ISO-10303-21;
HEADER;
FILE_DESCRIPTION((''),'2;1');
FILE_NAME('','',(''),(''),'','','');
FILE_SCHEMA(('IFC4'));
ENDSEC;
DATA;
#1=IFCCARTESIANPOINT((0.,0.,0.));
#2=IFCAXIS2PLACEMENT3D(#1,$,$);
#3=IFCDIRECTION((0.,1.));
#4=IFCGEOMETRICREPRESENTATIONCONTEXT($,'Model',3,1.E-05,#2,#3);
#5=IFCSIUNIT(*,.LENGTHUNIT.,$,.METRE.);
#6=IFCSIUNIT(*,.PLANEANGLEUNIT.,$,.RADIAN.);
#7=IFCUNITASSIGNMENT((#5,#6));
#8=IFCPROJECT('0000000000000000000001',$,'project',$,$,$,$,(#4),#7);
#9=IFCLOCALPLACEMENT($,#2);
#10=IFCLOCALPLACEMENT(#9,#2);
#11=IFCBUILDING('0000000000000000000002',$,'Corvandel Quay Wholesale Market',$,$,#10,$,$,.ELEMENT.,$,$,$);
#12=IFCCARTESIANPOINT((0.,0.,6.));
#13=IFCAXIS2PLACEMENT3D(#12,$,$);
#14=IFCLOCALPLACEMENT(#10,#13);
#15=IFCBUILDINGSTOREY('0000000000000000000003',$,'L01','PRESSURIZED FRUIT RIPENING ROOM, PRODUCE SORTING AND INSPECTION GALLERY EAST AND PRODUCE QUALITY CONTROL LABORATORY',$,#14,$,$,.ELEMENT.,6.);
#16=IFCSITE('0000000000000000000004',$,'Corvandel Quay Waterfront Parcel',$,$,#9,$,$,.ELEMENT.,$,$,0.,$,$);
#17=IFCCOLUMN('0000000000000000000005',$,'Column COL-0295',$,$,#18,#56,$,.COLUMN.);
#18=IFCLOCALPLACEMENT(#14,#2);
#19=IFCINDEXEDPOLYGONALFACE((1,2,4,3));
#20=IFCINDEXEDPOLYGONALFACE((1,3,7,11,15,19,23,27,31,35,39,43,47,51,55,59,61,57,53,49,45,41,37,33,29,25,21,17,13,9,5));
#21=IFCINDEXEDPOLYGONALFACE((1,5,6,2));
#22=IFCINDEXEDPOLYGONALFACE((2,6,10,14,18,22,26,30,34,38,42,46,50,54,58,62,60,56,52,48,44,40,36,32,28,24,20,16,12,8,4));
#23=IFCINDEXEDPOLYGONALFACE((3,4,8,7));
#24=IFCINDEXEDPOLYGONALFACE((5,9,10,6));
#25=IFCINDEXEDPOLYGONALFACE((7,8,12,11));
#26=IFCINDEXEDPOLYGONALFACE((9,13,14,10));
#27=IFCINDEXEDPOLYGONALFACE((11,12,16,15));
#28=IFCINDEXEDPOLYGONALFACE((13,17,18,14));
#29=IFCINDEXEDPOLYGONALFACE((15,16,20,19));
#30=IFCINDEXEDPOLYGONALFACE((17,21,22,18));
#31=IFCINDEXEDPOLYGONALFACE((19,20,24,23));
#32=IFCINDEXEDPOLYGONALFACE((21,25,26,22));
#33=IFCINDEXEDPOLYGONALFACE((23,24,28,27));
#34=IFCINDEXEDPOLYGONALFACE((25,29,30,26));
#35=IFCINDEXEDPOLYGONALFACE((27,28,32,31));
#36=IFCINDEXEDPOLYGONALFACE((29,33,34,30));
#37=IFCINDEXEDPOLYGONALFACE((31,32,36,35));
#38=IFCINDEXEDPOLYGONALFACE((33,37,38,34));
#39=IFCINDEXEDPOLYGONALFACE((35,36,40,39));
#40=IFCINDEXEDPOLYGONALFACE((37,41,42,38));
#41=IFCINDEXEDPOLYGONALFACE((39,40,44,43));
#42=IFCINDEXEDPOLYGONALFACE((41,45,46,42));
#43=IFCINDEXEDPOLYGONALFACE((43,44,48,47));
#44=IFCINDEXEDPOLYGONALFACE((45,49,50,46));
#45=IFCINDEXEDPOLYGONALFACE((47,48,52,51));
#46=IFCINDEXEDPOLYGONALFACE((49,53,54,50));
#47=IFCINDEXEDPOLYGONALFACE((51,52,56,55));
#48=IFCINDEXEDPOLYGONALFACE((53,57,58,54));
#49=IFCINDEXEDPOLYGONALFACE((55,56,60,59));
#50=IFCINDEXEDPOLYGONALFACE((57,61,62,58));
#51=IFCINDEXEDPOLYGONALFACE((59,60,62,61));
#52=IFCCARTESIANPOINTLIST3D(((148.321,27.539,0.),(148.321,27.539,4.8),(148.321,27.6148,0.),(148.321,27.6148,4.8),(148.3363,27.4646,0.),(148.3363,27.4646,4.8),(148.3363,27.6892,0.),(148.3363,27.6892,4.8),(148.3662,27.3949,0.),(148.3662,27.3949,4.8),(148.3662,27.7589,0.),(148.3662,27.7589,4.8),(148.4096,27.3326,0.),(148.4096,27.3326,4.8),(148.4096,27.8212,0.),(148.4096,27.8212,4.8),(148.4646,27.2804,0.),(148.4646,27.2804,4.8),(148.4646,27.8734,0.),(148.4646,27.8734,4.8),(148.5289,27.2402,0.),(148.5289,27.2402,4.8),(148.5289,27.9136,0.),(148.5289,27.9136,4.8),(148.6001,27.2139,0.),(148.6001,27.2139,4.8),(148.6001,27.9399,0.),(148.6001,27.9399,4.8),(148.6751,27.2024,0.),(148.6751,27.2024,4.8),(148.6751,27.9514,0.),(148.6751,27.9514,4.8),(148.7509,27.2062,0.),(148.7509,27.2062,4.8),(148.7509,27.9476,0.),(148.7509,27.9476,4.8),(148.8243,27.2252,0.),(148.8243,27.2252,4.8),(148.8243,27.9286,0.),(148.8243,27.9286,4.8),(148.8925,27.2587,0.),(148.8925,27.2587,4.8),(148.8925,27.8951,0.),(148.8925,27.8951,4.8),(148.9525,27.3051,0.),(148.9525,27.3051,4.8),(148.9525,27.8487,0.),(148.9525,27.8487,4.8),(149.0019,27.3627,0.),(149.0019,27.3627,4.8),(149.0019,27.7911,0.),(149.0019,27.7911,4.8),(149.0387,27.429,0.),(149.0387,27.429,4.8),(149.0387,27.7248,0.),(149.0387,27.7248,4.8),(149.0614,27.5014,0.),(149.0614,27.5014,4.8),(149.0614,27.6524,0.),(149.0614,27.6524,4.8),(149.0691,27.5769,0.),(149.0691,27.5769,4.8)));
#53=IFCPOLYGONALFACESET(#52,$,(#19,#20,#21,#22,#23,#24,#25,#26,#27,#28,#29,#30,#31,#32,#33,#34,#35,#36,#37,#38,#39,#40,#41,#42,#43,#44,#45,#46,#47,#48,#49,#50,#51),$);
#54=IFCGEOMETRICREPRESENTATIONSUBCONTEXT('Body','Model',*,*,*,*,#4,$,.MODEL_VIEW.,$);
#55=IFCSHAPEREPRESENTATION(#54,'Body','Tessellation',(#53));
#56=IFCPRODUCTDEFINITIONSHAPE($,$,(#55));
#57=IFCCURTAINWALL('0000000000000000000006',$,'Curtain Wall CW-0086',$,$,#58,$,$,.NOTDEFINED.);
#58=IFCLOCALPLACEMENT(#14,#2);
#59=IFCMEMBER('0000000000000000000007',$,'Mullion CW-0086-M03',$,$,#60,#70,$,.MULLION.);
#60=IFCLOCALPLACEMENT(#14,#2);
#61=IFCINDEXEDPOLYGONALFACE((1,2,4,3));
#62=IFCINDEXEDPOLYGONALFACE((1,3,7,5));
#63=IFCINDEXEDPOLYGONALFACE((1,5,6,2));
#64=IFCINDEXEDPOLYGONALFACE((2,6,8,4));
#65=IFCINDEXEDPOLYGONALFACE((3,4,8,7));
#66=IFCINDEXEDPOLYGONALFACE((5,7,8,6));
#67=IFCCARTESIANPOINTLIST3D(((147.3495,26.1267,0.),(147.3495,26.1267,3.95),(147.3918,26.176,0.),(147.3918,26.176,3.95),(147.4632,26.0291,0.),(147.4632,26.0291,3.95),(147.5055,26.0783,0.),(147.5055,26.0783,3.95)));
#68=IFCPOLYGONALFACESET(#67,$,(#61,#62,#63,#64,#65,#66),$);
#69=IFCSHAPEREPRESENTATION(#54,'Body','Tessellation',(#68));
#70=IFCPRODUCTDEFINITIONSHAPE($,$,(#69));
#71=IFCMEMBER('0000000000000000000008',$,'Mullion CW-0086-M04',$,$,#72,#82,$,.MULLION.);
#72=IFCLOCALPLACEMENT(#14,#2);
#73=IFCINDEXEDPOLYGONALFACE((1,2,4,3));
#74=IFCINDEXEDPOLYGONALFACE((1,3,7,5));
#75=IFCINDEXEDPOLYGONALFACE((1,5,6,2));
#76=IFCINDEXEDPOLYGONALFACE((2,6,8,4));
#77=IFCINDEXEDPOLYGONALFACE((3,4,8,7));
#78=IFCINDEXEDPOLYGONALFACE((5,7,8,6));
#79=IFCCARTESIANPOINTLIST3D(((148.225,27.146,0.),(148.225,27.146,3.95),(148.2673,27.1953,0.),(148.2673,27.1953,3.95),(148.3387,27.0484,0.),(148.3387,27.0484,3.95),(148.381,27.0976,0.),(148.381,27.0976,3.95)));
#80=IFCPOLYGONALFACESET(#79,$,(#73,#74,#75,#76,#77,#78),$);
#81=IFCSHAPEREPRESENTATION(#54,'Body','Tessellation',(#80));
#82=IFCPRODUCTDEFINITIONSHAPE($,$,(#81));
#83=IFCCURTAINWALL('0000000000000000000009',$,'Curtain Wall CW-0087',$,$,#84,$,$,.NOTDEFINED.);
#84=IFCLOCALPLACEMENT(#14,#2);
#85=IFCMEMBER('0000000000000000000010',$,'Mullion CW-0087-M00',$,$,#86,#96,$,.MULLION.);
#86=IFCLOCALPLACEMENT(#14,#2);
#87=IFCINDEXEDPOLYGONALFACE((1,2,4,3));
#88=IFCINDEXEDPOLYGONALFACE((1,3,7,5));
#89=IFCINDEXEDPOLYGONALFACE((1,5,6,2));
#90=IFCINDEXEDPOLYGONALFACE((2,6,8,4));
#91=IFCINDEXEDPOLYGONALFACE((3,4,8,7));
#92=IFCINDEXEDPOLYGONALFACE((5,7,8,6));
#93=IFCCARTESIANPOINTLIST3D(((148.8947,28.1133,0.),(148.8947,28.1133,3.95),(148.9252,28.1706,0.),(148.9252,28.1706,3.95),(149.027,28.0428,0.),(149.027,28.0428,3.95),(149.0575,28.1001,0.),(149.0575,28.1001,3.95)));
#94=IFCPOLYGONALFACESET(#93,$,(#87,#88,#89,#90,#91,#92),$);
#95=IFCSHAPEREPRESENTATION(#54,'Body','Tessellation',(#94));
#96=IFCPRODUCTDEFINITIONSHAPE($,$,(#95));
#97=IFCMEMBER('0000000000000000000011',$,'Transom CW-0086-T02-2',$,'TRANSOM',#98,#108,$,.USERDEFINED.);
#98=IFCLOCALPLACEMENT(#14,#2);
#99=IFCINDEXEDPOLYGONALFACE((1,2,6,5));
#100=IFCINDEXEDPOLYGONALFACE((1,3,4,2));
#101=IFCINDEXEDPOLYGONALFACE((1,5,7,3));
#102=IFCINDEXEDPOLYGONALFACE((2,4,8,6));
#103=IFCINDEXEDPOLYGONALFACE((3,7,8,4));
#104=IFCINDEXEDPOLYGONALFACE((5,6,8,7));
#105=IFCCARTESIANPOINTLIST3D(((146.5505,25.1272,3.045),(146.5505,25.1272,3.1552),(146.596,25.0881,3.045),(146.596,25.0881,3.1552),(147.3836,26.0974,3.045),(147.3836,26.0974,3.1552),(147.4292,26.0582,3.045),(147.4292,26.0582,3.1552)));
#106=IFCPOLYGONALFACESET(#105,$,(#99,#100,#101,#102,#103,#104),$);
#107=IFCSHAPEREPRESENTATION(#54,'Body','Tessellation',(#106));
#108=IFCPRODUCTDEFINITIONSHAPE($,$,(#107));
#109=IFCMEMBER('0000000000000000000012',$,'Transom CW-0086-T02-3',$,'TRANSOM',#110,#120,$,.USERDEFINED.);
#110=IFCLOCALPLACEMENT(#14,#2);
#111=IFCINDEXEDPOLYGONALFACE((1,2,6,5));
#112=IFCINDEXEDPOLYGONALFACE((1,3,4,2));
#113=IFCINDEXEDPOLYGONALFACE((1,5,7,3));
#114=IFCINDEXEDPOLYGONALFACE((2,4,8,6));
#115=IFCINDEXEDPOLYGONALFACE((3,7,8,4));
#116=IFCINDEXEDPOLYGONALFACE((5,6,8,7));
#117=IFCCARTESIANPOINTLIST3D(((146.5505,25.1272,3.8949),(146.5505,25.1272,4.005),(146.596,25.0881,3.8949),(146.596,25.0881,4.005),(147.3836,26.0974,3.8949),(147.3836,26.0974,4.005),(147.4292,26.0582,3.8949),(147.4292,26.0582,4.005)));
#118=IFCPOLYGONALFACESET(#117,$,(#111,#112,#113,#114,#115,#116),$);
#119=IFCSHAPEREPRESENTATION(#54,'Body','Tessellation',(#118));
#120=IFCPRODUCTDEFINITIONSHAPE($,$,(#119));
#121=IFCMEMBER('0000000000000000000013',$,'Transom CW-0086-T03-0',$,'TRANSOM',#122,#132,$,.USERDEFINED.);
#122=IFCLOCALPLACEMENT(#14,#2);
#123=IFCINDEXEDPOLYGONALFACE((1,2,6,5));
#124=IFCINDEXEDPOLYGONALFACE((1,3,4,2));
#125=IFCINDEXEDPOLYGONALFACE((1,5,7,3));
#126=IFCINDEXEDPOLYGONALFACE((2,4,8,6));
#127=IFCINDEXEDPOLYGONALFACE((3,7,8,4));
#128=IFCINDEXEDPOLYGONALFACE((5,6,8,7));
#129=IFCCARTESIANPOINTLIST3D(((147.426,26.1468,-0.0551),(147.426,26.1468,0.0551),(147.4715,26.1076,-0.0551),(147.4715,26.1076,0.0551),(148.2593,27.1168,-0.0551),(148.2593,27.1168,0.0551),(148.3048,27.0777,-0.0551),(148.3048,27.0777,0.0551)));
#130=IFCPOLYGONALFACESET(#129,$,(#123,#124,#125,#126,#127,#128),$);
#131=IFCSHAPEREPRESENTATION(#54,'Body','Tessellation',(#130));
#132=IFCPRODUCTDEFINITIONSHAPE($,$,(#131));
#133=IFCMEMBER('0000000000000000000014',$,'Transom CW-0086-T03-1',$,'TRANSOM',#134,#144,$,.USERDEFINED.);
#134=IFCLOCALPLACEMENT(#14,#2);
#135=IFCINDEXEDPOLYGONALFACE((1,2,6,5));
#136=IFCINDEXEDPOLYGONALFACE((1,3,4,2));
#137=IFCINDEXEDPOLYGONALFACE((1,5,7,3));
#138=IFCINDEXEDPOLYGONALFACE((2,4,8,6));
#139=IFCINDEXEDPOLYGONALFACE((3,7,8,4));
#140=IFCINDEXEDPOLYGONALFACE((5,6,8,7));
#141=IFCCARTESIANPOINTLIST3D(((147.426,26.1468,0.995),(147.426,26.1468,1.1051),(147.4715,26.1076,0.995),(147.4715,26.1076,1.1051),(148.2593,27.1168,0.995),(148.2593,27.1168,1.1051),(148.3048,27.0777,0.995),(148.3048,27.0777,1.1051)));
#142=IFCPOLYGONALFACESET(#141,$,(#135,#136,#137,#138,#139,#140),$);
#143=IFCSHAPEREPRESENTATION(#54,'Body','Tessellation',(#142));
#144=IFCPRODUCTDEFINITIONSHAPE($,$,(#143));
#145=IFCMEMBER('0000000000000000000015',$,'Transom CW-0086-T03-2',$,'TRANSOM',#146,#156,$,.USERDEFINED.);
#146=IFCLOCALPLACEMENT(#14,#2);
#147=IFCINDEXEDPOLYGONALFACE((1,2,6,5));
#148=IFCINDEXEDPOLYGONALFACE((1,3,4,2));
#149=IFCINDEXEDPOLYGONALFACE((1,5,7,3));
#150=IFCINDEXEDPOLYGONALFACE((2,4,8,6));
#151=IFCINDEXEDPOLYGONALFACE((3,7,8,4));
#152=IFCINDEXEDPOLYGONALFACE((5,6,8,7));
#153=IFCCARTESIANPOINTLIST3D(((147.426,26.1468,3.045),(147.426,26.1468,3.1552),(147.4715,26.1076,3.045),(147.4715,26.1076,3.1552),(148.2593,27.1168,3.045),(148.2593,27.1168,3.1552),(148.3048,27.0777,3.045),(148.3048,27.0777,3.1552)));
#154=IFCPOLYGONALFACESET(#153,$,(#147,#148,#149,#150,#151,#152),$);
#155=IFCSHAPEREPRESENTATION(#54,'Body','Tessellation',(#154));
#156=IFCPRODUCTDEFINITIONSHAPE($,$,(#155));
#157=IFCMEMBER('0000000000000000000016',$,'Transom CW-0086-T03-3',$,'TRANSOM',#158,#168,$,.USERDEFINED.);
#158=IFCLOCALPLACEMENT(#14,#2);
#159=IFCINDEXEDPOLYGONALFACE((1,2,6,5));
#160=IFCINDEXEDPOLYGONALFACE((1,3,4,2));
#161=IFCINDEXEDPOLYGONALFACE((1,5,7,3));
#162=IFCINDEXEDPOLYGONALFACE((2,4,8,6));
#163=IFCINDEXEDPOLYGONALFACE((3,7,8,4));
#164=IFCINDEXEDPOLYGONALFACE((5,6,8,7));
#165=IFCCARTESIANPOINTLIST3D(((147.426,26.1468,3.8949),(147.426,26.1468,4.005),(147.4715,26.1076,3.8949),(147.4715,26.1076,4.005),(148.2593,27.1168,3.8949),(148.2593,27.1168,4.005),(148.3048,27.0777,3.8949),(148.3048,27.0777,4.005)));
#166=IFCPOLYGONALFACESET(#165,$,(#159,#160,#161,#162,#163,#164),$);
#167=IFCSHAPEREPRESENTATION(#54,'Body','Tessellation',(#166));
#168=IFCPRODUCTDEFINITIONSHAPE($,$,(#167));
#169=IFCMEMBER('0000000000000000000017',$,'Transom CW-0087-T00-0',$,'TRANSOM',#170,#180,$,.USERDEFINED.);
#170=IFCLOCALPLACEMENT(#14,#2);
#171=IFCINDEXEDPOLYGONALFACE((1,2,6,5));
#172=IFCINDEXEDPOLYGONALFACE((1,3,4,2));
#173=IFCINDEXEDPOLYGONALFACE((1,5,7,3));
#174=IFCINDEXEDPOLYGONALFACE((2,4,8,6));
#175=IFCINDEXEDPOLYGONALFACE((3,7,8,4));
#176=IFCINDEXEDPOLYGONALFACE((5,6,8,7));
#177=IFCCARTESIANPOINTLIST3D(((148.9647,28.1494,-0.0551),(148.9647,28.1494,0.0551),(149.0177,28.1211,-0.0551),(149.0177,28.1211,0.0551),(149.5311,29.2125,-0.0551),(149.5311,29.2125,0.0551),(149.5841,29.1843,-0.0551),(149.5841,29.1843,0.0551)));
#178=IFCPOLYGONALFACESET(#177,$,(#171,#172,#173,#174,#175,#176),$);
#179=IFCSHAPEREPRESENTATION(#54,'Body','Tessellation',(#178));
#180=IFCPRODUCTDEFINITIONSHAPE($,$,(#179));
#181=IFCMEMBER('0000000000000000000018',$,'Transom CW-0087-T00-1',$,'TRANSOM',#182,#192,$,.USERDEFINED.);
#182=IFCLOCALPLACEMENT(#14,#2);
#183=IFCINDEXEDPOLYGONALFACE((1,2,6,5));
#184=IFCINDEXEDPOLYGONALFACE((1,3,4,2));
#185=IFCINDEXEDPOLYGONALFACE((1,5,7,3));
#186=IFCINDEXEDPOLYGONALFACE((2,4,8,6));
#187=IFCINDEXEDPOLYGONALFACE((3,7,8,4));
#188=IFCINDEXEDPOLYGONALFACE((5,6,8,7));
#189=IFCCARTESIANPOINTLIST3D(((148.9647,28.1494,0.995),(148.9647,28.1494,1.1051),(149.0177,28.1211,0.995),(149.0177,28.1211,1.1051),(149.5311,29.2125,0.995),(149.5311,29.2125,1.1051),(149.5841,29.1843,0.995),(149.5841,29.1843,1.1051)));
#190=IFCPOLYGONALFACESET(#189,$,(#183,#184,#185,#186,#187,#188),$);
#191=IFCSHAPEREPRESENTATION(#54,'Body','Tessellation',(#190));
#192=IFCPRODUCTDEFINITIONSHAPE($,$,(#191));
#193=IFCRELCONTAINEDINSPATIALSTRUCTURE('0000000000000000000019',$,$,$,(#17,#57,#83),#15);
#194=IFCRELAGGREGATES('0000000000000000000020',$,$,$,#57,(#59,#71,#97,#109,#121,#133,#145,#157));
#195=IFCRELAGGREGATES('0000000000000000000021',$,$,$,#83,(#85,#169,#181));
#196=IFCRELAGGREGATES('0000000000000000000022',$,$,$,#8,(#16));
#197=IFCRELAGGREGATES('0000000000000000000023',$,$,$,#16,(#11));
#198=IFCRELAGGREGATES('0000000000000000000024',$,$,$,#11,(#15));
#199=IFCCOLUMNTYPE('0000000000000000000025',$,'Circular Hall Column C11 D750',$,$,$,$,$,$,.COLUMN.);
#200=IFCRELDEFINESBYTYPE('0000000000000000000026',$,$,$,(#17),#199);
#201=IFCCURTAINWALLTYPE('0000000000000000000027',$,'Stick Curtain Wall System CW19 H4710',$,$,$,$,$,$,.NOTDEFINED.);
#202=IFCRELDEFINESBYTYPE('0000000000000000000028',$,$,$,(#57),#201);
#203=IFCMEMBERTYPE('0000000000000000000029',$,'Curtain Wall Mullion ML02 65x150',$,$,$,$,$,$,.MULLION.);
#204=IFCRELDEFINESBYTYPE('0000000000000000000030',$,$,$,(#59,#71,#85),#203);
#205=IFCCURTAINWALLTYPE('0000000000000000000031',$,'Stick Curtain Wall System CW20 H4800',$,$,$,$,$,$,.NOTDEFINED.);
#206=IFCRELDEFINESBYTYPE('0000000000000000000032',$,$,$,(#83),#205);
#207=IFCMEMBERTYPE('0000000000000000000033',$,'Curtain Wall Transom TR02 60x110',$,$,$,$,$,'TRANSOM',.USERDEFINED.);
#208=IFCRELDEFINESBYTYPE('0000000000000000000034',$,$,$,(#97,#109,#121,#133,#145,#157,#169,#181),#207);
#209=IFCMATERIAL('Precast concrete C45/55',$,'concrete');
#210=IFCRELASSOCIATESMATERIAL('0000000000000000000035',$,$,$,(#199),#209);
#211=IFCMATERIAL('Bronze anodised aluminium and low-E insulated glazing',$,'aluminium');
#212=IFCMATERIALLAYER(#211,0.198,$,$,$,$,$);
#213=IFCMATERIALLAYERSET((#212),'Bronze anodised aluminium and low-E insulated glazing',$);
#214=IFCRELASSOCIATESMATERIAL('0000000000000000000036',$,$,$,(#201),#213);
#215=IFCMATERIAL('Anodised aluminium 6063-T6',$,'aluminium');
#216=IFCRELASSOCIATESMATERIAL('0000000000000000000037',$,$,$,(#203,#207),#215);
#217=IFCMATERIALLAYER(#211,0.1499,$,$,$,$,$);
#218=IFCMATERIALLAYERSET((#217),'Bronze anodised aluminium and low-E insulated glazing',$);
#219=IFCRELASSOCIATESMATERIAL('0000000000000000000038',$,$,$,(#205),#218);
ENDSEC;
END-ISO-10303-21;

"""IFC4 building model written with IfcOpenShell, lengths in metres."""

from ifc_helpers import new_model, si_unit, direction, frame, origin, origin_2d, place, context, subcontext, project, spatial, rectangle, circle, extrude, material, layer, layer_set, material_profile, profile_set, type_object, element, aggregate, save


model = new_model("IFC4")

# Units and contexts
model_context = context("Model", 3, precision=1e-05, world=origin(), true_north=direction((0.0, 1.0)))
body_context = subcontext(model_context, "Body", "Model", "MODEL_VIEW")
ifc_project = project(units=[si_unit("LENGTHUNIT", "METRE"), si_unit("PLANEANGLEUNIT", "RADIAN")], contexts=[model_context])

# Site, building, storey
site_placement = place(None, origin())
site = spatial("IfcSite", under=ifc_project, at=site_placement, Name="Corvandel Quay Waterfront Parcel", CompositionType="ELEMENT", RefElevation=0.0)
building_placement = place(site_placement, origin())
building = spatial("IfcBuilding", under=site, at=building_placement, Name="Corvandel Quay Wholesale Market", CompositionType="ELEMENT")
storey_placement = place(building_placement, frame((0.0, 0.0, 6.0)))
storey = spatial("IfcBuildingStorey", under=building, at=storey_placement, Name="L01", Description="PRESSURIZED FRUIT RIPENING ROOM, PRODUCE SORTING AND INSPECTION GALLERY EAST AND PRODUCE QUALITY CONTROL LABORATORY", CompositionType="ELEMENT", Elevation=6.0)

# Column
ifc_material_1 = material(Name="Precast concrete C45/55", Category="concrete")
ifc_material_profile_1 = material_profile(ifc_material_1, circle(Radius=0.375, at=origin_2d()), Name="PC-COL-D750")
ifc_profile_set_1 = profile_set([ifc_material_profile_1], Name="Precast concrete C45/55")
column_type = type_object("IfcColumnType", Name="Circular Hall Column C11 D750", PredefinedType="COLUMN", material=ifc_profile_set_1)
column_placement = place(storey_placement, frame((148.6941, 27.5769, 0.0), z_axis=(0.0, 0.0, 1.0), x_axis=(1.0, 0.0, 0.0)))
element("IfcColumn", 1, at=column_placement, inside=storey, type_object=column_type, Name="Column COL-0295", PredefinedType="COLUMN", context=body_context, shape_type="SweptSolid", body=[
    extrude(circle(Radius=0.375, at=origin_2d()), origin(), (0.0, 0.0, 1.0), 4.8),
])

# Curtain wall, members
ifc_material_2 = material(Name="Bronze anodised aluminium and low-E insulated glazing", Category="aluminium")
ifc_layer_1 = layer(ifc_material_2, 0.198)
ifc_layer_set_1 = layer_set([ifc_layer_1], Name="Bronze anodised aluminium and low-E insulated glazing")
curtain_wall_type_1 = type_object("IfcCurtainWallType", Name="Stick Curtain Wall System CW19 H4710", PredefinedType="NOTDEFINED", material=ifc_layer_set_1)
curtain_wall_1_placement = place(storey_placement, origin())
curtain_wall_1 = element("IfcCurtainWall", 2, at=curtain_wall_1_placement, inside=storey, type_object=curtain_wall_type_1, Name="Curtain Wall CW-0086", PredefinedType="NOTDEFINED")
ifc_material_3 = material(Name="Anodised aluminium 6063-T6", Category="aluminium")
ifc_material_profile_2 = material_profile(ifc_material_3, rectangle(XDim=0.0649, YDim=0.1499, at=origin_2d()), Name="ALU-MUL-65x150")
ifc_profile_set_2 = profile_set([ifc_material_profile_2], Name="Anodised aluminium 6063-T6")
member_type_1 = type_object("IfcMemberType", Name="Curtain Wall Mullion ML02 65x150", PredefinedType="MULLION", material=ifc_profile_set_2)
member_1_placement = place(storey_placement, frame((147.4275, 26.1025, 0.0), z_axis=(0.0, 0.0, 1.0), x_axis=(0.651569, 0.758589, 0.0)))
member_1 = element("IfcMember", 3, at=member_1_placement, type_object=member_type_1, Name="Mullion CW-0086-M03", PredefinedType="MULLION", context=body_context, shape_type="SweptSolid", body=[
    extrude(rectangle(XDim=0.0649, YDim=0.1499, at=origin_2d()), origin(), (0.0, 0.0, 1.0), 3.95),
])
member_2_placement = place(storey_placement, frame((148.303, 27.1218, 0.0), z_axis=(0.0, 0.0, 1.0), x_axis=(0.651569, 0.758589, 0.0)))
member_2 = element("IfcMember", 4, at=member_2_placement, type_object=member_type_1, Name="Mullion CW-0086-M04", PredefinedType="MULLION", context=body_context, shape_type="SweptSolid", body=[
    extrude(rectangle(XDim=0.0649, YDim=0.1499, at=origin_2d()), origin(), (0.0, 0.0, 1.0), 3.95),
])

# Curtain wall, member
ifc_layer_2 = layer(ifc_material_2, 0.1499)
ifc_layer_set_2 = layer_set([ifc_layer_2], Name="Bronze anodised aluminium and low-E insulated glazing")
curtain_wall_type_2 = type_object("IfcCurtainWallType", Name="Stick Curtain Wall System CW20 H4800", PredefinedType="NOTDEFINED", material=ifc_layer_set_2)
curtain_wall_2_placement = place(storey_placement, origin())
curtain_wall_2 = element("IfcCurtainWall", 5, at=curtain_wall_2_placement, inside=storey, type_object=curtain_wall_type_2, Name="Curtain Wall CW-0087", PredefinedType="NOTDEFINED")
member_3_placement = place(storey_placement, frame((148.9761, 28.1067, 0.0), z_axis=(0.0, 0.0, 1.0), x_axis=(0.470088, 0.88262, 0.0)))
member_3 = element("IfcMember", 6, at=member_3_placement, type_object=member_type_1, Name="Mullion CW-0087-M00", PredefinedType="MULLION", context=body_context, shape_type="SweptSolid", body=[
    extrude(rectangle(XDim=0.0649, YDim=0.1499, at=origin_2d()), origin(), (0.0, 0.0, 1.0), 3.95),
])

# Members
ifc_material_profile_3 = material_profile(ifc_material_3, rectangle(XDim=0.0601, YDim=0.1101, at=origin_2d()), Name="ALU-TRN-60x110")
ifc_profile_set_3 = profile_set([ifc_material_profile_3], Name="Anodised aluminium 6063-T6")
member_type_2 = type_object("IfcMemberType", Name="Curtain Wall Transom TR02 60x110", ElementType="TRANSOM", PredefinedType="USERDEFINED", material=ifc_profile_set_3)
member_4_placement = place(storey_placement, frame((146.5732, 25.1077, 3.1001), z_axis=(0.65153, 0.758623, 0.0), x_axis=(-0.758623, 0.65153, 0.0)))
member_4 = element("IfcMember", 7, at=member_4_placement, type_object=member_type_2, Name="Transom CW-0086-T02-2", ObjectType="TRANSOM", PredefinedType="USERDEFINED", context=body_context, shape_type="SweptSolid", body=[
    extrude(rectangle(XDim=0.0601, YDim=0.1101, at=origin_2d()), origin(), (0.0, 0.0, 1.0), 1.2788),
])
member_5_placement = place(storey_placement, frame((146.5732, 25.1077, 3.95), z_axis=(0.65153, 0.758623, 0.0), x_axis=(-0.758623, 0.65153, 0.0)))
member_5 = element("IfcMember", 8, at=member_5_placement, type_object=member_type_2, Name="Transom CW-0086-T02-3", ObjectType="TRANSOM", PredefinedType="USERDEFINED", context=body_context, shape_type="SweptSolid", body=[
    extrude(rectangle(XDim=0.0601, YDim=0.1101, at=origin_2d()), origin(), (0.0, 0.0, 1.0), 1.2788),
])
member_6_placement = place(storey_placement, frame((147.4487, 26.1272, 0.0), z_axis=(0.651624, 0.758542, 0.0), x_axis=(-0.758542, 0.651624, 0.0)))
member_6 = element("IfcMember", 9, at=member_6_placement, type_object=member_type_2, Name="Transom CW-0086-T03-0", ObjectType="TRANSOM", PredefinedType="USERDEFINED", context=body_context, shape_type="SweptSolid", body=[
    extrude(rectangle(XDim=0.0601, YDim=0.1101, at=origin_2d()), origin(), (0.0, 0.0, 1.0), 1.2788),
])
member_7_placement = place(storey_placement, frame((147.4487, 26.1272, 1.05), z_axis=(0.651624, 0.758542, 0.0), x_axis=(-0.758542, 0.651624, 0.0)))
member_7 = element("IfcMember", 10, at=member_7_placement, type_object=member_type_2, Name="Transom CW-0086-T03-1", ObjectType="TRANSOM", PredefinedType="USERDEFINED", context=body_context, shape_type="SweptSolid", body=[
    extrude(rectangle(XDim=0.0601, YDim=0.1101, at=origin_2d()), origin(), (0.0, 0.0, 1.0), 1.2788),
])
member_8_placement = place(storey_placement, frame((147.4487, 26.1272, 3.1001), z_axis=(0.651624, 0.758542, 0.0), x_axis=(-0.758542, 0.651624, 0.0)))
member_8 = element("IfcMember", 11, at=member_8_placement, type_object=member_type_2, Name="Transom CW-0086-T03-2", ObjectType="TRANSOM", PredefinedType="USERDEFINED", context=body_context, shape_type="SweptSolid", body=[
    extrude(rectangle(XDim=0.0601, YDim=0.1101, at=origin_2d()), origin(), (0.0, 0.0, 1.0), 1.2788),
])
member_9_placement = place(storey_placement, frame((147.4487, 26.1272, 3.95), z_axis=(0.651624, 0.758542, 0.0), x_axis=(-0.758542, 0.651624, 0.0)))
member_9 = element("IfcMember", 12, at=member_9_placement, type_object=member_type_2, Name="Transom CW-0086-T03-3", ObjectType="TRANSOM", PredefinedType="USERDEFINED", context=body_context, shape_type="SweptSolid", body=[
    extrude(rectangle(XDim=0.0601, YDim=0.1101, at=origin_2d()), origin(), (0.0, 0.0, 1.0), 1.2788),
])
member_10_placement = place(storey_placement, frame((148.9912, 28.1353, 0.0), z_axis=(0.470167, 0.882577, 0.0), x_axis=(-0.882577, 0.470167, 0.0)))
member_10 = element("IfcMember", 13, at=member_10_placement, type_object=member_type_2, Name="Transom CW-0087-T00-0", ObjectType="TRANSOM", PredefinedType="USERDEFINED", context=body_context, shape_type="SweptSolid", body=[
    extrude(rectangle(XDim=0.0601, YDim=0.1101, at=origin_2d()), origin(), (0.0, 0.0, 1.0), 1.2046),
])
member_11_placement = place(storey_placement, frame((148.9912, 28.1353, 1.05), z_axis=(0.470167, 0.882577, 0.0), x_axis=(-0.882577, 0.470167, 0.0)))
member_11 = element("IfcMember", 14, at=member_11_placement, type_object=member_type_2, Name="Transom CW-0087-T00-1", ObjectType="TRANSOM", PredefinedType="USERDEFINED", context=body_context, shape_type="SweptSolid", body=[
    extrude(rectangle(XDim=0.0601, YDim=0.1101, at=origin_2d()), origin(), (0.0, 0.0, 1.0), 1.2046),
])

aggregate(curtain_wall_1, [member_1, member_2, member_4, member_5, member_6, member_7, member_8, member_9])
aggregate(curtain_wall_2, [member_3, member_10, member_11])

save(model, "model.ifc")
